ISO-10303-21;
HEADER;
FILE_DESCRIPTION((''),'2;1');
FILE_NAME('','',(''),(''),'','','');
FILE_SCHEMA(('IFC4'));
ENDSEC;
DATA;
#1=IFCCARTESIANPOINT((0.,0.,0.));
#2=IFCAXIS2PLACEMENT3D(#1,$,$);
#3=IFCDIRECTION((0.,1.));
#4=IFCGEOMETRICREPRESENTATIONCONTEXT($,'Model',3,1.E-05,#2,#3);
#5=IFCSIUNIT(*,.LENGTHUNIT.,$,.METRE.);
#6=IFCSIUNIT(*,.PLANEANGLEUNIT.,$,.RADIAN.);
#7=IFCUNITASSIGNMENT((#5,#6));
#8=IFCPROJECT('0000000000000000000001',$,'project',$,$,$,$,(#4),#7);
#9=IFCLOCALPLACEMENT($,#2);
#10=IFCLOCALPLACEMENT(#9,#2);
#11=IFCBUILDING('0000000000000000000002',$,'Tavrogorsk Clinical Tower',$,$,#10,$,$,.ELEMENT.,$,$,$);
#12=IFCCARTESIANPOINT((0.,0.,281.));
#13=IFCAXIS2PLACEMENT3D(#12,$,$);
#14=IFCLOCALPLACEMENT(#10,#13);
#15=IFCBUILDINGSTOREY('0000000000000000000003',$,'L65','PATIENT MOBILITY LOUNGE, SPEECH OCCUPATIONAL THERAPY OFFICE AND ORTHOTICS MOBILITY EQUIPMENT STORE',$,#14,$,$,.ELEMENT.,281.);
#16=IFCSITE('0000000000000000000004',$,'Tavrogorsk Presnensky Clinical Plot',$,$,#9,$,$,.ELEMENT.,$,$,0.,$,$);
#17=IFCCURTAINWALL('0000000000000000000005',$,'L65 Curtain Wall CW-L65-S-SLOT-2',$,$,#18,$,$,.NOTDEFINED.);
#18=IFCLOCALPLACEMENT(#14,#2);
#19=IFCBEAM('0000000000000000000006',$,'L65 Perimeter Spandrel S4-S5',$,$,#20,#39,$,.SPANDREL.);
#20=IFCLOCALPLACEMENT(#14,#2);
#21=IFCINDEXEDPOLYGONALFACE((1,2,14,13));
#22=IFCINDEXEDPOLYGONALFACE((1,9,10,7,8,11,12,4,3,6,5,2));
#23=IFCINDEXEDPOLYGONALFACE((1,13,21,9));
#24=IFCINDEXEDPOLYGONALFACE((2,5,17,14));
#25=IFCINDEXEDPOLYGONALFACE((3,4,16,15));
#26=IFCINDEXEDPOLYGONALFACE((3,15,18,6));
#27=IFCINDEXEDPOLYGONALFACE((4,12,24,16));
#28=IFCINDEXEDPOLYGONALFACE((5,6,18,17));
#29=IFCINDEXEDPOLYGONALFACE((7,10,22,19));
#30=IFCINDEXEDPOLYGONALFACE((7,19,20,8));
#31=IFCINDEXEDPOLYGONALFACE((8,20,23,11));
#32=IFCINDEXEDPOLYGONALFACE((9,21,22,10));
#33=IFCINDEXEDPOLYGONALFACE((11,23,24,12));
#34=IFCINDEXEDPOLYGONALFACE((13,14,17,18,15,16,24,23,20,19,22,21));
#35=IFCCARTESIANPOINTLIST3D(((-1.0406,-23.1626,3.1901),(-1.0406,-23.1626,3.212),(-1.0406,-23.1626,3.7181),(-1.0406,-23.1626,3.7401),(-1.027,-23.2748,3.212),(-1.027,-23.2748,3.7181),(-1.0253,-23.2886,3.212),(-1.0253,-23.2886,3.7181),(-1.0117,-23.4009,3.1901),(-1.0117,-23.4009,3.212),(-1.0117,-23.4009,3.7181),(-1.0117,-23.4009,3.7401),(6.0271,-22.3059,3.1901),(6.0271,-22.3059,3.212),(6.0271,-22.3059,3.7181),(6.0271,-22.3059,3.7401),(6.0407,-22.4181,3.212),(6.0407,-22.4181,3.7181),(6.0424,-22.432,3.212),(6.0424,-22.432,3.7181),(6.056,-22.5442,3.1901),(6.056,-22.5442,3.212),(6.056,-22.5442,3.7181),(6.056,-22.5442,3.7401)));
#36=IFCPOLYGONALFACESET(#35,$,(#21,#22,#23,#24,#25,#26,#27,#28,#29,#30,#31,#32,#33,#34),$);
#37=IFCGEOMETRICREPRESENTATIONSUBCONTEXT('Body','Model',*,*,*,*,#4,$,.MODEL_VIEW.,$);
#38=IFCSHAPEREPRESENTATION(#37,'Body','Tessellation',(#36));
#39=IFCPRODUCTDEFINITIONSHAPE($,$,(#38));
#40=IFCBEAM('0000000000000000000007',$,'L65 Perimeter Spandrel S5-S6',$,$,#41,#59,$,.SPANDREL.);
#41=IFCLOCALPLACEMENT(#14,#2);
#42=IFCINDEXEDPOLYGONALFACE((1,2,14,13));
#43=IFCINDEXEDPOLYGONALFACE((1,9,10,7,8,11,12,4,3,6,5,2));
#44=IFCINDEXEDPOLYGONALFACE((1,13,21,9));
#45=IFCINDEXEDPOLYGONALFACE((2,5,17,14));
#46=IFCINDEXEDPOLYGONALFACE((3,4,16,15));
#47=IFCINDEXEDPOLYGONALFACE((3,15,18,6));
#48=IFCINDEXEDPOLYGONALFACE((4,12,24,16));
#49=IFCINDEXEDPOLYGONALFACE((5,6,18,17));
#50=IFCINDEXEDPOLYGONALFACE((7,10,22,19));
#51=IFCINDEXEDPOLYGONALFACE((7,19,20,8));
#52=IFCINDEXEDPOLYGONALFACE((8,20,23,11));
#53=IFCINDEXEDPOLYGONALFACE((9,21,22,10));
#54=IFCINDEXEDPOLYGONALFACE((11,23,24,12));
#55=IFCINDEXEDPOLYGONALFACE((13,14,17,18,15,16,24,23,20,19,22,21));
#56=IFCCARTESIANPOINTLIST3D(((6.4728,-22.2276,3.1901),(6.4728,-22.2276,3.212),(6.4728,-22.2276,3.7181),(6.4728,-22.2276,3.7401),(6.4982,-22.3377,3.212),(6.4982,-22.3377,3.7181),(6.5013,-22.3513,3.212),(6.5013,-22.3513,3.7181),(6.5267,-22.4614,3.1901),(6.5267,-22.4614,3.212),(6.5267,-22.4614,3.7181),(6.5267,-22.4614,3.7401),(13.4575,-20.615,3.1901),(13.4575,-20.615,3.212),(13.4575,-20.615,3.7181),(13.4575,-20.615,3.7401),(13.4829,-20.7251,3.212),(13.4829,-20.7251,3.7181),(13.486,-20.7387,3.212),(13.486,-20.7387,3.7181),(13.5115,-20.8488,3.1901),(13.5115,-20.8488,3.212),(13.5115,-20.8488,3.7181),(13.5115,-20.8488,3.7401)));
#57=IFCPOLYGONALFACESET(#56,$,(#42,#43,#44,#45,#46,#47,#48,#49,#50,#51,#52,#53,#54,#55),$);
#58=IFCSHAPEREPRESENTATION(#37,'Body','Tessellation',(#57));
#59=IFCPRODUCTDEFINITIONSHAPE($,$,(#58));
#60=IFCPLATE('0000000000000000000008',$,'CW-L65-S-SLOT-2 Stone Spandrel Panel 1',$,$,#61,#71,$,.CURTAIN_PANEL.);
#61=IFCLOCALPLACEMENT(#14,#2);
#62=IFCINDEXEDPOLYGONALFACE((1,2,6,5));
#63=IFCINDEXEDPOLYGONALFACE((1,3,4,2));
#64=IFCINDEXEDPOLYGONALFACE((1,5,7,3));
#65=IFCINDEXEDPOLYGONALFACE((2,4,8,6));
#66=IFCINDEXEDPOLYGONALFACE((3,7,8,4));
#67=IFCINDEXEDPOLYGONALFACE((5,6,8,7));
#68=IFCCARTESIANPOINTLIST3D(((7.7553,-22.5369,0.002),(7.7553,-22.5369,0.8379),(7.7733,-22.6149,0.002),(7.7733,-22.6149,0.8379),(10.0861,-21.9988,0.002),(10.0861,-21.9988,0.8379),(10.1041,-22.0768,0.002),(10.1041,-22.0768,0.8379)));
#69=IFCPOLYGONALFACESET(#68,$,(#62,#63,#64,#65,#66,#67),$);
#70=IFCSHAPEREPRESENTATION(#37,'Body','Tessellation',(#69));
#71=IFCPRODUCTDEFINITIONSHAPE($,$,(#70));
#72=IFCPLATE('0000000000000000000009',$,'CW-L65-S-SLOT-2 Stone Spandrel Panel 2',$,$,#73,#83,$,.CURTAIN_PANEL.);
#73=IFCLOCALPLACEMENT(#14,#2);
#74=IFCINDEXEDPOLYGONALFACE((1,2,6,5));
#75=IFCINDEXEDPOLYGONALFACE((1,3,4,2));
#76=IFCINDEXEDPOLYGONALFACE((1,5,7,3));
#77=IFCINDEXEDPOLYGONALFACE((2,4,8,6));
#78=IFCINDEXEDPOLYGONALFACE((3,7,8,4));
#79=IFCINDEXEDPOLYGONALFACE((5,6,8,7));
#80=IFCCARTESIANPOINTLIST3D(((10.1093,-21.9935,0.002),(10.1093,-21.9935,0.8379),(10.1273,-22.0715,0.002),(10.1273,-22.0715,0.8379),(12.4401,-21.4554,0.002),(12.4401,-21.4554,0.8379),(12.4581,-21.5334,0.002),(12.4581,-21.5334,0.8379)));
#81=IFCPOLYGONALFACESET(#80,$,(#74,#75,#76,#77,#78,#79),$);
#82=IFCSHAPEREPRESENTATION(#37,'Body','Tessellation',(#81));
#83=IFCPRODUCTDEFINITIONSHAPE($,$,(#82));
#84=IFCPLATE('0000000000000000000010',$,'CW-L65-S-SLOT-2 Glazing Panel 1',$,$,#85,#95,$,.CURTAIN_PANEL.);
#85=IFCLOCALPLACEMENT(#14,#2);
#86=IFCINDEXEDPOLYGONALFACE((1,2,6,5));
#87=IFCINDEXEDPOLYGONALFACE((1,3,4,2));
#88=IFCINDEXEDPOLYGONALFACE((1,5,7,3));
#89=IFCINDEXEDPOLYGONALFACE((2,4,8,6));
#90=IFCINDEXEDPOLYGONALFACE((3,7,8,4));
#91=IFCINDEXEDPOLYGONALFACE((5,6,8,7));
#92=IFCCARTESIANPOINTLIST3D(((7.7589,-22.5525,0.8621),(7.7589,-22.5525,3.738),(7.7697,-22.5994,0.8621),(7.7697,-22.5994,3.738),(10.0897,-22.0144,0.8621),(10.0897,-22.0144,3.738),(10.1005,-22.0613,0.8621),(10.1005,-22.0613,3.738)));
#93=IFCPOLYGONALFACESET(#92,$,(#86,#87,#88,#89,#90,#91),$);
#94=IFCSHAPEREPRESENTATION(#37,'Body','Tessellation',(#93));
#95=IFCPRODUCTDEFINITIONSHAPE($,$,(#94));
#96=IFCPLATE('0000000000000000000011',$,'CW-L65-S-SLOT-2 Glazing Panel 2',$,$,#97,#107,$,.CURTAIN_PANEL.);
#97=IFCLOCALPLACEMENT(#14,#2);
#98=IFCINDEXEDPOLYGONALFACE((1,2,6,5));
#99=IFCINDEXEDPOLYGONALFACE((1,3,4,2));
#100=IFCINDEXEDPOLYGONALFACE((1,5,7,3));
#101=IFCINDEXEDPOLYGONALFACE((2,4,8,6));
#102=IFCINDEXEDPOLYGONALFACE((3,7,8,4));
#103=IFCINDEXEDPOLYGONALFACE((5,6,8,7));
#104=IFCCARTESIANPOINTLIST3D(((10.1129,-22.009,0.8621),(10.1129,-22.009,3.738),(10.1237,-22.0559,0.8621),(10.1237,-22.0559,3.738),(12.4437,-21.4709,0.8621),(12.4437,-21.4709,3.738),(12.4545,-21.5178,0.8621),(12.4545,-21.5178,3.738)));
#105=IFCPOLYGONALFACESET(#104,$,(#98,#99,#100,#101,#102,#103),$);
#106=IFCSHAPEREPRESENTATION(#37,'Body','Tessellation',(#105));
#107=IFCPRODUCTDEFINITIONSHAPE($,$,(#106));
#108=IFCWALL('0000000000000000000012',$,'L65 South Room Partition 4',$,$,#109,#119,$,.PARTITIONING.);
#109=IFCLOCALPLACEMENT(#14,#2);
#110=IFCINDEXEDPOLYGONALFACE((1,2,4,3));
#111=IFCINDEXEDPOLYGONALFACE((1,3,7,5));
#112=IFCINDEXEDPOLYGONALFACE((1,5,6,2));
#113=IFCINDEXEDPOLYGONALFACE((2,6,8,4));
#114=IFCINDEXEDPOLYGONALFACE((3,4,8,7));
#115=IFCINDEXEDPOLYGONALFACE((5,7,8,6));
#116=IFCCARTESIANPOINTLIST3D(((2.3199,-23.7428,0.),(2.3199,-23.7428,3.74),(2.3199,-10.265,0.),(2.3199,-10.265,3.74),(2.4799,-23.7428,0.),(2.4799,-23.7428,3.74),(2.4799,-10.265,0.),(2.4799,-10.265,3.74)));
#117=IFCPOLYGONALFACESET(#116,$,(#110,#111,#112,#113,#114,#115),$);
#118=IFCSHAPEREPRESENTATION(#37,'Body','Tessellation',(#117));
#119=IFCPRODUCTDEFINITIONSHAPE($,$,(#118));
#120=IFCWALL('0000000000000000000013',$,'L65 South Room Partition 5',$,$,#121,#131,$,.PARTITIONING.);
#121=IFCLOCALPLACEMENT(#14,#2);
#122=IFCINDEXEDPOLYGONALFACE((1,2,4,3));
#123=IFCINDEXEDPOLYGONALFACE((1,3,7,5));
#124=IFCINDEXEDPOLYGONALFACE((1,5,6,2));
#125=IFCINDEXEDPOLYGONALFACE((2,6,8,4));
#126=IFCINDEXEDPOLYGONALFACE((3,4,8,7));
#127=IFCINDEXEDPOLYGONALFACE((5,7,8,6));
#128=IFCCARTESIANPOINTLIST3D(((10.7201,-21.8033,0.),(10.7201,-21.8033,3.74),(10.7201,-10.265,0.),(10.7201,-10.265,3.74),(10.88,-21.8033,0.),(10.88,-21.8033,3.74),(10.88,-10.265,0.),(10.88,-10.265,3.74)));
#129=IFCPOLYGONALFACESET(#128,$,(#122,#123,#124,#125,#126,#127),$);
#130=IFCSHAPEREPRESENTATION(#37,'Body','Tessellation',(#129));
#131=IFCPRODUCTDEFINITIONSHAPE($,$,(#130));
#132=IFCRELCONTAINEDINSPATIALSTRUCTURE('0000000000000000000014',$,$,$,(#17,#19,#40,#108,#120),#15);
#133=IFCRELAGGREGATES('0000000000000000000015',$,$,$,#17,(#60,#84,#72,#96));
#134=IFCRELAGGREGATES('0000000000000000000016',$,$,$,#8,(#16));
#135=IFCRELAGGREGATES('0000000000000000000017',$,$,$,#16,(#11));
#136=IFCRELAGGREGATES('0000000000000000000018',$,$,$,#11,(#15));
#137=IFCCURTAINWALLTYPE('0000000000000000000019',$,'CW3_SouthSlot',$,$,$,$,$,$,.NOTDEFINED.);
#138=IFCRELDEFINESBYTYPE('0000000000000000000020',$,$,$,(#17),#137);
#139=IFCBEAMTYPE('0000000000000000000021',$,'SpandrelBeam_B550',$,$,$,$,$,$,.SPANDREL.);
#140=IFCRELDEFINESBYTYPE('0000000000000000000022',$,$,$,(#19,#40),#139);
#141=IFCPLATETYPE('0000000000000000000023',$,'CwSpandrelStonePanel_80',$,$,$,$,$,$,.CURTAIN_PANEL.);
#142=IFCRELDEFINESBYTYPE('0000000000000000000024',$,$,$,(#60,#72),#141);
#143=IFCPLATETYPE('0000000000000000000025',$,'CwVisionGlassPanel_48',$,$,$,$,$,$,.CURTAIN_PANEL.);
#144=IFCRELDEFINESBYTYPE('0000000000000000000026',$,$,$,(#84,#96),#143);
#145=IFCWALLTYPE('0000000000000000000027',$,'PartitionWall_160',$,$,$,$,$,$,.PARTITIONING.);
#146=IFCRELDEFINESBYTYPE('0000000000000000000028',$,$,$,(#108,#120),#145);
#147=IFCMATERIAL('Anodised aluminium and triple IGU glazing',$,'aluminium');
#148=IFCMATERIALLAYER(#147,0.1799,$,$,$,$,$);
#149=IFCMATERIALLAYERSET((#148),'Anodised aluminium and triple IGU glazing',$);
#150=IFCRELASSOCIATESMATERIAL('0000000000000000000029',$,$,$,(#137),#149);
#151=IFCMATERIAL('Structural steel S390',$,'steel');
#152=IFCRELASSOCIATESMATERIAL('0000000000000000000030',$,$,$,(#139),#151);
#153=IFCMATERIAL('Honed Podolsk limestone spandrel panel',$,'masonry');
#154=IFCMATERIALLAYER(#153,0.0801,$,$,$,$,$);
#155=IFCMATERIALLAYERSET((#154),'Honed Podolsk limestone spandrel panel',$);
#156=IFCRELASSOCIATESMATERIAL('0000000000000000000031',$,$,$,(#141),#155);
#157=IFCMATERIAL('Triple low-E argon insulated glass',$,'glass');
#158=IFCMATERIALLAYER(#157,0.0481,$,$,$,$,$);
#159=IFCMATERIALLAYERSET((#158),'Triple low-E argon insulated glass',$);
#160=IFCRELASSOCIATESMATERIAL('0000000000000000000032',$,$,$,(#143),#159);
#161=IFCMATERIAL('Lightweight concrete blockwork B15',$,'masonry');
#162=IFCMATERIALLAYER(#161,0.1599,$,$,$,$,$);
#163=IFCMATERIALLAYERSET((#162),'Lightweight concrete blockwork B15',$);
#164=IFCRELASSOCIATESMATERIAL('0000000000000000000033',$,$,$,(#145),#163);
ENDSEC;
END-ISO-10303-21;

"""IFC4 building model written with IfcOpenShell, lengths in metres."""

from ifc_helpers import new_model, si_unit, direction, frame, frame_2d, origin, origin_2d, place, context, subcontext, project, spatial, rectangle, i_section, extrude, material, layer, layer_set, material_profile, profile_set, type_object, element, aggregate, save


model = new_model("IFC4")

# Units and contexts
model_context = context("Model", 3, precision=1e-05, world=origin(), true_north=direction((0.0, 1.0)))
body_context = subcontext(model_context, "Body", "Model", "MODEL_VIEW")
ifc_project = project(units=[si_unit("LENGTHUNIT", "METRE"), si_unit("PLANEANGLEUNIT", "RADIAN")], contexts=[model_context])

# Site, building, storey
site_placement = place(None, origin())
site = spatial("IfcSite", under=ifc_project, at=site_placement, Name="Tavrogorsk Presnensky Clinical Plot", CompositionType="ELEMENT", RefElevation=0.0)
building_placement = place(site_placement, origin())
building = spatial("IfcBuilding", under=site, at=building_placement, Name="Tavrogorsk Clinical Tower", CompositionType="ELEMENT")
storey_placement = place(building_placement, frame((0.0, 0.0, 281.0)))
storey = spatial("IfcBuildingStorey", under=building, at=storey_placement, Name="L65", Description="PATIENT MOBILITY LOUNGE, SPEECH OCCUPATIONAL THERAPY OFFICE AND ORTHOTICS MOBILITY EQUIPMENT STORE", CompositionType="ELEMENT", Elevation=281.0)

# Curtain wall
ifc_material_1 = material(Name="Anodised aluminium and triple IGU glazing", Category="aluminium")
ifc_layer_1 = layer(ifc_material_1, 0.1799)
ifc_layer_set_1 = layer_set([ifc_layer_1], Name="Anodised aluminium and triple IGU glazing")
curtain_wall_type = type_object("IfcCurtainWallType", Name="CW3_SouthSlot", PredefinedType="NOTDEFINED", material=ifc_layer_set_1)
curtain_wall_placement = place(storey_placement, origin())
curtain_wall = element("IfcCurtainWall", 1, at=curtain_wall_placement, inside=storey, type_object=curtain_wall_type, Name="L65 Curtain Wall CW-L65-S-SLOT-2", PredefinedType="NOTDEFINED")

# Beams
ifc_material_2 = material(Name="Structural steel S390", Category="steel")
ifc_material_profile_1 = material_profile(ifc_material_2, i_section(OverallWidth=0.24, OverallDepth=0.55, WebThickness=0.0139, FlangeThickness=0.022, at=origin_2d()), Name="B-550x240x14x22")
ifc_profile_set_1 = profile_set([ifc_material_profile_1], Name="Structural steel S390")
beam_type = type_object("IfcBeamType", Name="SpandrelBeam_B550", PredefinedType="SPANDREL", material=ifc_profile_set_1)
beam_1_placement = place(storey_placement, frame((-1.0261, -23.2817, 3.4651), z_axis=(0.992734, 0.120332, 0.0), x_axis=(-0.120332, 0.992734, 0.0)))
element("IfcBeam", 2, at=beam_1_placement, inside=storey, type_object=beam_type, Name="L65 Perimeter Spandrel S4-S5", PredefinedType="SPANDREL", context=body_context, shape_type="SweptSolid", body=[
    extrude(i_section(OverallWidth=0.24, OverallDepth=0.55, WebThickness=0.0139, FlangeThickness=0.022, at=origin_2d()), origin(), (0.0, 0.0, 1.0), 7.1194),
])
beam_2_placement = place(storey_placement, frame((6.4998, -22.3445, 3.4651), z_axis=(0.974369, 0.224954, 0.0), x_axis=(-0.224954, 0.974369, 0.0)))
element("IfcBeam", 3, at=beam_2_placement, inside=storey, type_object=beam_type, Name="L65 Perimeter Spandrel S5-S6", PredefinedType="SPANDREL", context=body_context, shape_type="SweptSolid", body=[
    extrude(i_section(OverallWidth=0.24, OverallDepth=0.55, WebThickness=0.0139, FlangeThickness=0.022, at=origin_2d()), origin(), (0.0, 0.0, 1.0), 7.1685),
])

# Plates
ifc_material_3 = material(Name="Honed Podolsk limestone spandrel panel", Category="masonry")
ifc_layer_2 = layer(ifc_material_3, 0.0801)
ifc_layer_set_2 = layer_set([ifc_layer_2], Name="Honed Podolsk limestone spandrel panel")
plate_type_1 = type_object("IfcPlateType", Name="CwSpandrelStonePanel_80", PredefinedType="CURTAIN_PANEL", material=ifc_layer_set_2)
plate_1_placement = place(storey_placement, frame((8.9297, -22.3069, 0.002), z_axis=(0.0, 0.0, 1.0), x_axis=(0.97437, 0.224951, 0.0)))
plate_1 = element("IfcPlate", 4, at=plate_1_placement, type_object=plate_type_1, Name="CW-L65-S-SLOT-2 Stone Spandrel Panel 1", PredefinedType="CURTAIN_PANEL", context=body_context, shape_type="SweptSolid", body=[
    extrude(rectangle(XDim=2.3921, YDim=0.0801, at=origin_2d()), origin(), (0.0, 0.0, 1.0), 0.8359),
])
plate_2_placement = place(storey_placement, frame((11.2837, -21.7634, 0.002), z_axis=(0.0, 0.0, 1.0), x_axis=(0.97437, 0.224951, 0.0)))
plate_2 = element("IfcPlate", 5, at=plate_2_placement, type_object=plate_type_1, Name="CW-L65-S-SLOT-2 Stone Spandrel Panel 2", PredefinedType="CURTAIN_PANEL", context=body_context, shape_type="SweptSolid", body=[
    extrude(rectangle(XDim=2.3921, YDim=0.0801, at=origin_2d()), origin(), (0.0, 0.0, 1.0), 0.8359),
])
ifc_material_4 = material(Name="Triple low-E argon insulated glass", Category="glass")
ifc_layer_3 = layer(ifc_material_4, 0.0481)
ifc_layer_set_3 = layer_set([ifc_layer_3], Name="Triple low-E argon insulated glass")
plate_type_2 = type_object("IfcPlateType", Name="CwVisionGlassPanel_48", PredefinedType="CURTAIN_PANEL", material=ifc_layer_set_3)
plate_3_placement = place(storey_placement, frame((8.9297, -22.3069, 0.8621), z_axis=(0.0, 0.0, 1.0), x_axis=(0.97437, 0.224951, 0.0)))
plate_3 = element("IfcPlate", 6, at=plate_3_placement, type_object=plate_type_2, Name="CW-L65-S-SLOT-2 Glazing Panel 1", PredefinedType="CURTAIN_PANEL", context=body_context, shape_type="SweptSolid", body=[
    extrude(rectangle(XDim=2.3921, YDim=0.0481, at=origin_2d()), origin(), (0.0, 0.0, 1.0), 2.876),
])
plate_4_placement = place(storey_placement, frame((11.2837, -21.7634, 0.8621), z_axis=(0.0, 0.0, 1.0), x_axis=(0.97437, 0.224951, 0.0)))
plate_4 = element("IfcPlate", 7, at=plate_4_placement, type_object=plate_type_2, Name="CW-L65-S-SLOT-2 Glazing Panel 2", PredefinedType="CURTAIN_PANEL", context=body_context, shape_type="SweptSolid", body=[
    extrude(rectangle(XDim=2.3921, YDim=0.0481, at=origin_2d()), origin(), (0.0, 0.0, 1.0), 2.876),
])
aggregate(curtain_wall, [plate_1, plate_3, plate_2, plate_4])

# Walls
ifc_material_5 = material(Name="Lightweight concrete blockwork B15", Category="masonry")
ifc_layer_4 = layer(ifc_material_5, 0.1599)
ifc_layer_set_4 = layer_set([ifc_layer_4], Name="Lightweight concrete blockwork B15")
wall_type_1 = type_object("IfcWallType", Name="PartitionWall_160", PredefinedType="PARTITIONING", material=ifc_layer_set_4)
wall_1_placement = place(storey_placement, frame((2.3999, -23.7427, 0.0), z_axis=(0.0, 0.0, 1.0), x_axis=(0.0, 1.0, 0.0)))
element("IfcWall", 8, at=wall_1_placement, inside=storey, type_object=wall_type_1, Name="L65 South Room Partition 4", PredefinedType="PARTITIONING", context=body_context, shape_type="SweptSolid", body=[
    extrude(rectangle(XDim=13.4778, YDim=0.1599, at=frame_2d((6.7388, 0.0))), origin(), (0.0, 0.0, 1.0), 3.74),
])
wall_2_placement = place(storey_placement, frame((10.8, -21.8032, 0.0), z_axis=(0.0, 0.0, 1.0), x_axis=(0.0, 1.0, 0.0)))
element("IfcWall", 9, at=wall_2_placement, inside=storey, type_object=wall_type_1, Name="L65 South Room Partition 5", PredefinedType="PARTITIONING", context=body_context, shape_type="SweptSolid", body=[
    extrude(rectangle(XDim=11.5383, YDim=0.1599, at=frame_2d((5.769, 0.0))), origin(), (0.0, 0.0, 1.0), 3.74),
])

save(model, "model.ifc")
